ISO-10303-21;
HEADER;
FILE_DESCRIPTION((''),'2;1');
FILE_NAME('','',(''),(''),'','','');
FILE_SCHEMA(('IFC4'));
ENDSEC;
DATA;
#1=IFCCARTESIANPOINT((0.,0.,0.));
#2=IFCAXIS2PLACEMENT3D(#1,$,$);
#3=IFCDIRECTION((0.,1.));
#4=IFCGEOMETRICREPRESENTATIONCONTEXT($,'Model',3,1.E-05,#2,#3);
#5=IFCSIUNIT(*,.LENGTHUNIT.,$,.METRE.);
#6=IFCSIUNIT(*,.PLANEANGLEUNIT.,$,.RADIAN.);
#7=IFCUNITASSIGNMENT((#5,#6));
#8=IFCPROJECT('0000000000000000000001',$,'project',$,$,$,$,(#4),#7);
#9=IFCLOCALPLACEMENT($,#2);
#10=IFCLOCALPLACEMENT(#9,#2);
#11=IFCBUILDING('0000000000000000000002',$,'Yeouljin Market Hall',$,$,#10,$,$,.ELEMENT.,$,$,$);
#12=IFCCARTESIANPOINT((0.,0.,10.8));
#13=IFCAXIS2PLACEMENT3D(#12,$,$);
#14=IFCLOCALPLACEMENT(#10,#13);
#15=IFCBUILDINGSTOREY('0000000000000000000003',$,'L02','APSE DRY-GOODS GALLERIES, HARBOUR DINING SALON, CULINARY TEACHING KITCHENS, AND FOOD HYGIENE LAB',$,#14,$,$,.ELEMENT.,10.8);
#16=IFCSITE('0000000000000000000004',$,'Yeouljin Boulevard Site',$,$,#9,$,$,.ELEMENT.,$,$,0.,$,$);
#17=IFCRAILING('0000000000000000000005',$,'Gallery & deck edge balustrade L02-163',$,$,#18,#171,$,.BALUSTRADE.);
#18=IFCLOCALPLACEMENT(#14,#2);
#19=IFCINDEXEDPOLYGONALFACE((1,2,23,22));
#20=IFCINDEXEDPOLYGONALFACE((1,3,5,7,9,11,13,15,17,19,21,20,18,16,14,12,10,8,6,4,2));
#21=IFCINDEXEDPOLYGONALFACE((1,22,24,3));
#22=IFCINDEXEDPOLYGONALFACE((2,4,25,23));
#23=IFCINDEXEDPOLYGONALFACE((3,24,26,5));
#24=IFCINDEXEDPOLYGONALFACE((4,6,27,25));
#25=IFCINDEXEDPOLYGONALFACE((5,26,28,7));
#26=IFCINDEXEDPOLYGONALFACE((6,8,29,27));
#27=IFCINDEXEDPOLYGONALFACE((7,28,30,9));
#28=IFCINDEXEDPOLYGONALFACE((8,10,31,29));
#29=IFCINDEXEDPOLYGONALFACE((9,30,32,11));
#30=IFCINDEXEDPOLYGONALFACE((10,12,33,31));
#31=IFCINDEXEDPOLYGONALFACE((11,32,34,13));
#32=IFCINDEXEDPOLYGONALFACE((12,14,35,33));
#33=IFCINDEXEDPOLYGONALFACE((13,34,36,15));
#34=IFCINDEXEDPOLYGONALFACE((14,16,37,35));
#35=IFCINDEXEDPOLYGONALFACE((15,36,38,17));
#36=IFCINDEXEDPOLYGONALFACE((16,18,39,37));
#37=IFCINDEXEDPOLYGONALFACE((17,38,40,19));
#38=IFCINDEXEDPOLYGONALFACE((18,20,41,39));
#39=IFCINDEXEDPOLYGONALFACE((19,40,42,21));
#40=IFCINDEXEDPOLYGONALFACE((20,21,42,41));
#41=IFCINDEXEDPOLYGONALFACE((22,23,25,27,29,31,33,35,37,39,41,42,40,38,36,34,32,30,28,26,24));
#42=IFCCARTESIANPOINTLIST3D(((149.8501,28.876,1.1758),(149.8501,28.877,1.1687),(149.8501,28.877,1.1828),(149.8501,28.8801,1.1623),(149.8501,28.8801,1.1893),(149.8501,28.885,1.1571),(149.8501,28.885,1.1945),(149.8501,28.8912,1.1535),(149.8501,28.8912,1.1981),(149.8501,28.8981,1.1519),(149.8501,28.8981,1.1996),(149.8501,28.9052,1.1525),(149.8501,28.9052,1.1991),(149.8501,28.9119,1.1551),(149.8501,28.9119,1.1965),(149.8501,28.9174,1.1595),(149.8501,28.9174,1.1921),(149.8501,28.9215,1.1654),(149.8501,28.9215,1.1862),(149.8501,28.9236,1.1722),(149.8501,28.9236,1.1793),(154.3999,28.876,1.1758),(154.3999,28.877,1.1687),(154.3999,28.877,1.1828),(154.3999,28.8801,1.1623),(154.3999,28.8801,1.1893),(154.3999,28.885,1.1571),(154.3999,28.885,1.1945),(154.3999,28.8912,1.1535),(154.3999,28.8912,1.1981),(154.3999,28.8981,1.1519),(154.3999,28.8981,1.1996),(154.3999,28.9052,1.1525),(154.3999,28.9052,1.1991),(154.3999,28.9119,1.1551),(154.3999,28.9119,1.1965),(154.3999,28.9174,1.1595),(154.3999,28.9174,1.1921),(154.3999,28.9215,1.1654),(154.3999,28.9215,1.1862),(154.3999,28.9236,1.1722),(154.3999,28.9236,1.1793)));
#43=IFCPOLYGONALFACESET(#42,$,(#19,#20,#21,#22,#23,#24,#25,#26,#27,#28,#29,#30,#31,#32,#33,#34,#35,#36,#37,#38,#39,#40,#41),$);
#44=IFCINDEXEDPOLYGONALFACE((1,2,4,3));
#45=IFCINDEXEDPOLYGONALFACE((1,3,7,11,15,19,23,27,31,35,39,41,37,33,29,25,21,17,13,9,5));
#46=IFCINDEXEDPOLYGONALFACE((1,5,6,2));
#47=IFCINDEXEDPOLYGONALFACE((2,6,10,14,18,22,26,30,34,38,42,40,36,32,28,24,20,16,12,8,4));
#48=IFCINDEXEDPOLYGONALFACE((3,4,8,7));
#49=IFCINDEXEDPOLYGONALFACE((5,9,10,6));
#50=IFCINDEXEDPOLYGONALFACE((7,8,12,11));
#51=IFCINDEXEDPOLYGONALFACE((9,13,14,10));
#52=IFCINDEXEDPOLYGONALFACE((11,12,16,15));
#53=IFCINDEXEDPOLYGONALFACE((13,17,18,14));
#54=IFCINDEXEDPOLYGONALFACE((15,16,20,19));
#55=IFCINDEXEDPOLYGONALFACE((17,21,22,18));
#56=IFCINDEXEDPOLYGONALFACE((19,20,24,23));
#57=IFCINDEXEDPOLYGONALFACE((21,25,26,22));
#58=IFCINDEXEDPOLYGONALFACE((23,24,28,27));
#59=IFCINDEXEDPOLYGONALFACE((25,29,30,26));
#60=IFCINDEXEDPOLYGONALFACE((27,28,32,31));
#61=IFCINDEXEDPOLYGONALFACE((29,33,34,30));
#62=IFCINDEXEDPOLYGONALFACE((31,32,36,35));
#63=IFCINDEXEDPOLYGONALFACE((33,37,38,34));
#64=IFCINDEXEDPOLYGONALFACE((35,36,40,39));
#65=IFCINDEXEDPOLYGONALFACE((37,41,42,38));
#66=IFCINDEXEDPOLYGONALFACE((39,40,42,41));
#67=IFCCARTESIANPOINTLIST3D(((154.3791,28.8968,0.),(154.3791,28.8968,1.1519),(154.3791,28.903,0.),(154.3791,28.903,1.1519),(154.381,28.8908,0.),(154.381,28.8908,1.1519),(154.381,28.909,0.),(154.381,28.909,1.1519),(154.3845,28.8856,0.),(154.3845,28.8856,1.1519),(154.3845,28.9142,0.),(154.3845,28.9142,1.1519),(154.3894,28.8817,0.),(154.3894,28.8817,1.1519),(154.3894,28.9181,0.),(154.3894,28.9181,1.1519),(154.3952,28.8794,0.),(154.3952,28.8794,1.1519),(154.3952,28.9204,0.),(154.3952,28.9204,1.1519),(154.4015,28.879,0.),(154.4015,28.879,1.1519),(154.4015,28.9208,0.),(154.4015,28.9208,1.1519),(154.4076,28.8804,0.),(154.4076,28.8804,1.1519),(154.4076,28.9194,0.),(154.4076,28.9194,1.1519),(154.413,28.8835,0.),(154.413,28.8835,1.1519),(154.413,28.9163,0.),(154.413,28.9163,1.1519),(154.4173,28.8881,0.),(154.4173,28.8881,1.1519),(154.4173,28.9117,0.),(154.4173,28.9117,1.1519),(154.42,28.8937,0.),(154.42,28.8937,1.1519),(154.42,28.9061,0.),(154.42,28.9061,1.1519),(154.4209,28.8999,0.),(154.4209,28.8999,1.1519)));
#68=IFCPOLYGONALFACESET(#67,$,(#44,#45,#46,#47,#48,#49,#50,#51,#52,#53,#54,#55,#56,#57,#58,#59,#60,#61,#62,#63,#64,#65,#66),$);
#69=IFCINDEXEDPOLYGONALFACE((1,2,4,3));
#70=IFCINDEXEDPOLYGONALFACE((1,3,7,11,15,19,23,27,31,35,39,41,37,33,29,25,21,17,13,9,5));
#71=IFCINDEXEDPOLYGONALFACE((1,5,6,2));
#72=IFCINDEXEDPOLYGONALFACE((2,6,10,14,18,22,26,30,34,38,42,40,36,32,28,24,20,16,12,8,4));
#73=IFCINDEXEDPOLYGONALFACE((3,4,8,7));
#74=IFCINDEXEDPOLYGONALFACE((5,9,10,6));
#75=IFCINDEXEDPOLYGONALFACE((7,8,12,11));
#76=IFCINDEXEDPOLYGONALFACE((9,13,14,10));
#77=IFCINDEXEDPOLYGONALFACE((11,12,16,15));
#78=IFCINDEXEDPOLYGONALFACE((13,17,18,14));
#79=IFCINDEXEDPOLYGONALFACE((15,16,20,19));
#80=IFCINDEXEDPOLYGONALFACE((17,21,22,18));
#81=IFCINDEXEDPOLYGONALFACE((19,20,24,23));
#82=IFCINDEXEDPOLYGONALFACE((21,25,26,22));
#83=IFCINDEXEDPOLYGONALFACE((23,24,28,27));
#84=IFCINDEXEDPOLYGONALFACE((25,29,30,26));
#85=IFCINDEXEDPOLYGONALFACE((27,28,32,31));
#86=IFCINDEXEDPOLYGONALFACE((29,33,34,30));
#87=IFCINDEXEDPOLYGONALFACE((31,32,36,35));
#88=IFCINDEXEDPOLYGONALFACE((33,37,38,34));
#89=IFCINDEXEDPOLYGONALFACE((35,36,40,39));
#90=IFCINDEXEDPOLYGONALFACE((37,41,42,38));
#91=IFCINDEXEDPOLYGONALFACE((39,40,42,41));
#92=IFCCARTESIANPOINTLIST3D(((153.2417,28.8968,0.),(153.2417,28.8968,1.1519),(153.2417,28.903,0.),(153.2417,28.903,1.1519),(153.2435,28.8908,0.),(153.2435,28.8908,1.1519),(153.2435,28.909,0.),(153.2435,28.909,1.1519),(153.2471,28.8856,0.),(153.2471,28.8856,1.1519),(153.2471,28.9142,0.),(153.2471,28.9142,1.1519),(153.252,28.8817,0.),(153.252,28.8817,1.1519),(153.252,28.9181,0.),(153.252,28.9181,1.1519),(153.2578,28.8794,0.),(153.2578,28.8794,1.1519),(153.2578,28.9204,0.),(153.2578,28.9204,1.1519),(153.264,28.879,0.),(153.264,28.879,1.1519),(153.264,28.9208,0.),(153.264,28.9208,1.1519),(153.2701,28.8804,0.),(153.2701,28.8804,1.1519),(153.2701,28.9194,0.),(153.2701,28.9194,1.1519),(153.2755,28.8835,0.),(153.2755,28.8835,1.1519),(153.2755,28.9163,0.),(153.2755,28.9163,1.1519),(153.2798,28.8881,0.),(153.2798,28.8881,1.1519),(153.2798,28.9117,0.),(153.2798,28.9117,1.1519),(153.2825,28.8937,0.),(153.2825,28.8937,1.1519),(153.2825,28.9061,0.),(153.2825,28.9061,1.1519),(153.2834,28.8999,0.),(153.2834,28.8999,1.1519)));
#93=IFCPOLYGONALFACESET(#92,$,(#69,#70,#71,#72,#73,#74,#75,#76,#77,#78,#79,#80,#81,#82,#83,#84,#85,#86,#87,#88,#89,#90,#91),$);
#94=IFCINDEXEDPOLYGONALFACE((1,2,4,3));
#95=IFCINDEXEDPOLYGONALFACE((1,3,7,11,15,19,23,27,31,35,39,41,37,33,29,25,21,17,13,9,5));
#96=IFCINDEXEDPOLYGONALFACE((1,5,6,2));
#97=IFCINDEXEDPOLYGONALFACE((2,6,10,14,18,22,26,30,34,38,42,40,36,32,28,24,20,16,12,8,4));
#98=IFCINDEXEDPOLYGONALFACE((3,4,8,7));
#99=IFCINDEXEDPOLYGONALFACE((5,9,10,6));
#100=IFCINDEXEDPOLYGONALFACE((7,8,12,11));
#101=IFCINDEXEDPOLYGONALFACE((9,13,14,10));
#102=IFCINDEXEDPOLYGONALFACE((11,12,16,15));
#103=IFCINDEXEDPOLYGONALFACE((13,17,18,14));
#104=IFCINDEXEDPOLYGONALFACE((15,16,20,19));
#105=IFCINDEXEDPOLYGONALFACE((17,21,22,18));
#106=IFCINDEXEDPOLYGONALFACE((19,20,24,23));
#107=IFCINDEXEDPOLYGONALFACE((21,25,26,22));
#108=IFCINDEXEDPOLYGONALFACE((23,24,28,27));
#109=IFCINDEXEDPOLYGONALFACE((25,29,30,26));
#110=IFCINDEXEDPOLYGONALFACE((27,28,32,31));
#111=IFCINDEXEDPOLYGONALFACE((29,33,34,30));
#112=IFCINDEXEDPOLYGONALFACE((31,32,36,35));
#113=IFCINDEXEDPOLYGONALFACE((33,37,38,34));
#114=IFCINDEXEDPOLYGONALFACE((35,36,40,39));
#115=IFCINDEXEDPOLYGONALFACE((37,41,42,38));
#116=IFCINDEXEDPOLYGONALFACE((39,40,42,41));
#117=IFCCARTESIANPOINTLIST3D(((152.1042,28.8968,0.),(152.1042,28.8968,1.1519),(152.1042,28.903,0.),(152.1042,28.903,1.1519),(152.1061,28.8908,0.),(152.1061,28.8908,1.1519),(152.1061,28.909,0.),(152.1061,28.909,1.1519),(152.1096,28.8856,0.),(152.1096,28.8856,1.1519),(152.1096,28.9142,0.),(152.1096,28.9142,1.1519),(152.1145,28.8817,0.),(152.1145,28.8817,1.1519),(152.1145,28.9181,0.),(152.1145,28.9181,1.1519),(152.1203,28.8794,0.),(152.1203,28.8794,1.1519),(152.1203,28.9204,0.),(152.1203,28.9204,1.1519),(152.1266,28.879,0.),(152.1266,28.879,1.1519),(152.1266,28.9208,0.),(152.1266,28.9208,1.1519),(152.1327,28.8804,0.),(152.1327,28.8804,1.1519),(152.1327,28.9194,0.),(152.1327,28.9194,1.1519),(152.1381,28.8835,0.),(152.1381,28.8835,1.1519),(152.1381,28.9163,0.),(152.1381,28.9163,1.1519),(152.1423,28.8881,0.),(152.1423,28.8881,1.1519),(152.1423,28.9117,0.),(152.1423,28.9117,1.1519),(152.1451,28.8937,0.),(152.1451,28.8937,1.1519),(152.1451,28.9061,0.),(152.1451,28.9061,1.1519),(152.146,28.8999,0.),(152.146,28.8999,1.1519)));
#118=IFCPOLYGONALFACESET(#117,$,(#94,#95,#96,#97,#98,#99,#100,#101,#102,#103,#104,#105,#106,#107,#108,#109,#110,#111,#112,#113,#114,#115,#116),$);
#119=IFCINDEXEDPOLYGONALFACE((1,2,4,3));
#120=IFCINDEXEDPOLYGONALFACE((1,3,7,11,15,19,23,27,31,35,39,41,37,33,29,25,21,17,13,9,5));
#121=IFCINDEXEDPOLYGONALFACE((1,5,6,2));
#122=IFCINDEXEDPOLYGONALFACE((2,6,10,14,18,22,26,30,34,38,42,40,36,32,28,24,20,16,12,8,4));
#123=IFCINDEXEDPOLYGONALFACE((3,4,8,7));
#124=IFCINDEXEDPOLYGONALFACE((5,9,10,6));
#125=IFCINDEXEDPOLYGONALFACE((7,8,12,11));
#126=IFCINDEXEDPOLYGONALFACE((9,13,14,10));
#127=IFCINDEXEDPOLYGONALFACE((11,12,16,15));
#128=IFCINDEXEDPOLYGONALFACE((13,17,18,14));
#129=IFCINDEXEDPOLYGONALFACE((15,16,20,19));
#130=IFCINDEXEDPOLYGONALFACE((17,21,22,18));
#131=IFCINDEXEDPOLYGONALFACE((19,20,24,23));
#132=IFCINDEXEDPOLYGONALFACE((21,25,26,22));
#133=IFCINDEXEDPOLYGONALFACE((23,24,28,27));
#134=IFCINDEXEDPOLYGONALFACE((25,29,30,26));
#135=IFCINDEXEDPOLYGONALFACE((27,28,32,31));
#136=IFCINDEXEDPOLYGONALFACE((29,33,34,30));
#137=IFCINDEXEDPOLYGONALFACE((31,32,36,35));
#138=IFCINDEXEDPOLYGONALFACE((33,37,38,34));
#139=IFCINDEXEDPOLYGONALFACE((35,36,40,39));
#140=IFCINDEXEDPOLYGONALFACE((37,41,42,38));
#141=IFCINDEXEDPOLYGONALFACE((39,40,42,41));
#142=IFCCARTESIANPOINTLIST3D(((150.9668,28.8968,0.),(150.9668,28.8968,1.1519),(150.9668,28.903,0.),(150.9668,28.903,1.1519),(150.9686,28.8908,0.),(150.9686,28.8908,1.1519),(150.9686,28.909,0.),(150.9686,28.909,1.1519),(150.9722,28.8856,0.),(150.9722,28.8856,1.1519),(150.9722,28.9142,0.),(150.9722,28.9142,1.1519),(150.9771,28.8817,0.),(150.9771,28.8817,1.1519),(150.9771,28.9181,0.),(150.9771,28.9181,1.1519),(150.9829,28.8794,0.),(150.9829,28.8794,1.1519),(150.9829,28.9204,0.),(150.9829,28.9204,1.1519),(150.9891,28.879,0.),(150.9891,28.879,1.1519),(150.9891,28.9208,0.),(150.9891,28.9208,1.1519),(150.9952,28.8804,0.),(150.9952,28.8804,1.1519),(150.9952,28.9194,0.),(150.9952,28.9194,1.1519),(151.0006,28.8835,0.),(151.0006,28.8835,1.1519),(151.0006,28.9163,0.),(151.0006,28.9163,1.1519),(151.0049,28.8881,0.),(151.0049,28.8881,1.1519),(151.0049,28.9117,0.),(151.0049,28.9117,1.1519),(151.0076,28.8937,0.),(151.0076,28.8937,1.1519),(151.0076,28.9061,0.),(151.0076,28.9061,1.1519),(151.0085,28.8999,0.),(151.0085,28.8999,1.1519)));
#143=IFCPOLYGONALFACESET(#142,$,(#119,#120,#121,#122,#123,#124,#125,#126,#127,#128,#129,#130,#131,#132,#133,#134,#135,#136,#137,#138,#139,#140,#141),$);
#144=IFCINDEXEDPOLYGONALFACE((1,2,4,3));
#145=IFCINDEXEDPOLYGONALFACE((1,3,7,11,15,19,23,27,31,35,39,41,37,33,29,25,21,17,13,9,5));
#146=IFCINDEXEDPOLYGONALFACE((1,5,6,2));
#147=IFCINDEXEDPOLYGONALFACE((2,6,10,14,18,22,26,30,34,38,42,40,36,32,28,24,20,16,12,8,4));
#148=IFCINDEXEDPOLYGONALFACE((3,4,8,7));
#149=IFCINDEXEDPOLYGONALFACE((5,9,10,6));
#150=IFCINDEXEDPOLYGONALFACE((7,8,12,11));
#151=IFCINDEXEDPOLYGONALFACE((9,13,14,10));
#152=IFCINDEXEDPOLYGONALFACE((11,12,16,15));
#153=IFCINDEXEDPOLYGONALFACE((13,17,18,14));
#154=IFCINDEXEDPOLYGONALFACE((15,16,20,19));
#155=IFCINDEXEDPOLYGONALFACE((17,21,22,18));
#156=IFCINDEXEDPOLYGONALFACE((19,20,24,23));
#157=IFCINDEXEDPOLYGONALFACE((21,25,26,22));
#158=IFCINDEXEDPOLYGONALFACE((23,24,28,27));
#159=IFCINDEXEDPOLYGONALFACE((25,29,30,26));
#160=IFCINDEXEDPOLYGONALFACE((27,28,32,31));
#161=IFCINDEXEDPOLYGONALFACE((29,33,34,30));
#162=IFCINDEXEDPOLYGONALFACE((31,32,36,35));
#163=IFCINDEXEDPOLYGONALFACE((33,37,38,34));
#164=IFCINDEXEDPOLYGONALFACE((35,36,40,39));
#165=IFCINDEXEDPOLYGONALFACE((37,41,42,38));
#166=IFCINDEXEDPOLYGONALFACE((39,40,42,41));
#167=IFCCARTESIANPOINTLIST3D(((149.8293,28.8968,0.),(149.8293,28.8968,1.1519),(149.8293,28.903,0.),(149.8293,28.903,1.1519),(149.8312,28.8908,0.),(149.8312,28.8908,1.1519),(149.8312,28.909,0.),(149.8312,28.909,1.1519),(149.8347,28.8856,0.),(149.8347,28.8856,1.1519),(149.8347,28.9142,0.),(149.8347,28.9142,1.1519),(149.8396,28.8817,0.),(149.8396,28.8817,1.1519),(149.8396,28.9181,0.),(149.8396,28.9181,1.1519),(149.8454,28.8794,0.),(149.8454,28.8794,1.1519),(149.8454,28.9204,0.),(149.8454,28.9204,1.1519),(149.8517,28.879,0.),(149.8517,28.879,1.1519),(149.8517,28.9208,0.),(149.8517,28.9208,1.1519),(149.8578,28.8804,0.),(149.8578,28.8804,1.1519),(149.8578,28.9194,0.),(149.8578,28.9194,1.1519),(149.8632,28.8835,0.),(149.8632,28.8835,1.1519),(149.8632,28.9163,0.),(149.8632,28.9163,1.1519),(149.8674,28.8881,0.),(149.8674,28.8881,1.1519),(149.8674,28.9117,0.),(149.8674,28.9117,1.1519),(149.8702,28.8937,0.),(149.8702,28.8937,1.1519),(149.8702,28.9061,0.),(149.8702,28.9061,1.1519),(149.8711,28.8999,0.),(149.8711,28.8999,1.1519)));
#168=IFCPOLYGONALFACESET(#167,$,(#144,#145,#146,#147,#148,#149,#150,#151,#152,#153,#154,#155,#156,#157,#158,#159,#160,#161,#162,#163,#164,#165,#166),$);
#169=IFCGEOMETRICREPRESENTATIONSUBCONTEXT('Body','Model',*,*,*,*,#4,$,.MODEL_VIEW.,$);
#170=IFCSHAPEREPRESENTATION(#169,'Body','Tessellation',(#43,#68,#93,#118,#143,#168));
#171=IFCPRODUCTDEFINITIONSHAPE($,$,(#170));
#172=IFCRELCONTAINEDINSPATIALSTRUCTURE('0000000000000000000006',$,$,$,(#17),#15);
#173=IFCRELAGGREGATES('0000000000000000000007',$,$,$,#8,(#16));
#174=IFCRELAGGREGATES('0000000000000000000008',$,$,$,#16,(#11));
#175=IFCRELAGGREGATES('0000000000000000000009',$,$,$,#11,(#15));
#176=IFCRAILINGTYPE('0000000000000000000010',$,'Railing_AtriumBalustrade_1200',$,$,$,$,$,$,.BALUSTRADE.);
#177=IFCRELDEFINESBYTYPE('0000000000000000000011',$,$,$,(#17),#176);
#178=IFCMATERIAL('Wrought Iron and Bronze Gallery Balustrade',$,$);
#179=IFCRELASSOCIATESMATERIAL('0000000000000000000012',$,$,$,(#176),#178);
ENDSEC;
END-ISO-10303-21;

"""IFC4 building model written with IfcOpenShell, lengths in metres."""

from ifc_helpers import new_model, si_unit, direction, frame, origin, origin_2d, place, context, subcontext, project, spatial, circle, extrude, material, type_object, element, save


model = new_model("IFC4")

# Units and contexts
model_context = context("Model", 3, precision=1e-05, world=origin(), true_north=direction((0.0, 1.0)))
body_context = subcontext(model_context, "Body", "Model", "MODEL_VIEW")
ifc_project = project(units=[si_unit("LENGTHUNIT", "METRE"), si_unit("PLANEANGLEUNIT", "RADIAN")], contexts=[model_context])

# Site, building, storey
site_placement = place(None, origin())
site = spatial("IfcSite", under=ifc_project, at=site_placement, Name="Yeouljin Boulevard Site", CompositionType="ELEMENT", RefElevation=0.0)
building_placement = place(site_placement, origin())
building = spatial("IfcBuilding", under=site, at=building_placement, Name="Yeouljin Market Hall", CompositionType="ELEMENT")
storey_placement = place(building_placement, frame((0.0, 0.0, 10.8)))
storey = spatial("IfcBuildingStorey", under=building, at=storey_placement, Name="L02", Description="APSE DRY-GOODS GALLERIES, HARBOUR DINING SALON, CULINARY TEACHING KITCHENS, AND FOOD HYGIENE LAB", CompositionType="ELEMENT", Elevation=10.8)

# Railing
ifc_material_1 = material(Name="Wrought Iron and Bronze Gallery Balustrade")
railing_type = type_object("IfcRailingType", Name="Railing_AtriumBalustrade_1200", PredefinedType="BALUSTRADE", material=ifc_material_1)
railing_1_placement = place(storey_placement, frame((154.3999, 28.8999, 0.0)))
element("IfcRailing", 1, at=railing_1_placement, inside=storey, type_object=railing_type, Name="Gallery & deck edge balustrade L02-163", PredefinedType="BALUSTRADE", context=body_context, shape_type="SweptSolid", body=[
    extrude(circle(Radius=0.0239, at=origin_2d()), frame((0.0, 0.0, 1.1758), z_axis=(-1.0, 0.0, 0.0), x_axis=(0.0, -1.0, 0.0)), (0.0, 0.0, 1.0), 4.5498),
    extrude(circle(Radius=0.021, at=origin_2d()), origin(), (0.0, 0.0, 1.0), 1.1519),
    extrude(circle(Radius=0.021, at=origin_2d()), frame((-1.1375, 0.0, 0.0)), (0.0, 0.0, 1.0), 1.1519),
    extrude(circle(Radius=0.021, at=origin_2d()), frame((-2.2749, 0.0, 0.0)), (0.0, 0.0, 1.0), 1.1519),
    extrude(circle(Radius=0.021, at=origin_2d()), frame((-3.4124, 0.0, 0.0)), (0.0, 0.0, 1.0), 1.1519),
    extrude(circle(Radius=0.021, at=origin_2d()), frame((-4.5498, 0.0, 0.0)), (0.0, 0.0, 1.0), 1.1519),
])

save(model, "model.ifc")
